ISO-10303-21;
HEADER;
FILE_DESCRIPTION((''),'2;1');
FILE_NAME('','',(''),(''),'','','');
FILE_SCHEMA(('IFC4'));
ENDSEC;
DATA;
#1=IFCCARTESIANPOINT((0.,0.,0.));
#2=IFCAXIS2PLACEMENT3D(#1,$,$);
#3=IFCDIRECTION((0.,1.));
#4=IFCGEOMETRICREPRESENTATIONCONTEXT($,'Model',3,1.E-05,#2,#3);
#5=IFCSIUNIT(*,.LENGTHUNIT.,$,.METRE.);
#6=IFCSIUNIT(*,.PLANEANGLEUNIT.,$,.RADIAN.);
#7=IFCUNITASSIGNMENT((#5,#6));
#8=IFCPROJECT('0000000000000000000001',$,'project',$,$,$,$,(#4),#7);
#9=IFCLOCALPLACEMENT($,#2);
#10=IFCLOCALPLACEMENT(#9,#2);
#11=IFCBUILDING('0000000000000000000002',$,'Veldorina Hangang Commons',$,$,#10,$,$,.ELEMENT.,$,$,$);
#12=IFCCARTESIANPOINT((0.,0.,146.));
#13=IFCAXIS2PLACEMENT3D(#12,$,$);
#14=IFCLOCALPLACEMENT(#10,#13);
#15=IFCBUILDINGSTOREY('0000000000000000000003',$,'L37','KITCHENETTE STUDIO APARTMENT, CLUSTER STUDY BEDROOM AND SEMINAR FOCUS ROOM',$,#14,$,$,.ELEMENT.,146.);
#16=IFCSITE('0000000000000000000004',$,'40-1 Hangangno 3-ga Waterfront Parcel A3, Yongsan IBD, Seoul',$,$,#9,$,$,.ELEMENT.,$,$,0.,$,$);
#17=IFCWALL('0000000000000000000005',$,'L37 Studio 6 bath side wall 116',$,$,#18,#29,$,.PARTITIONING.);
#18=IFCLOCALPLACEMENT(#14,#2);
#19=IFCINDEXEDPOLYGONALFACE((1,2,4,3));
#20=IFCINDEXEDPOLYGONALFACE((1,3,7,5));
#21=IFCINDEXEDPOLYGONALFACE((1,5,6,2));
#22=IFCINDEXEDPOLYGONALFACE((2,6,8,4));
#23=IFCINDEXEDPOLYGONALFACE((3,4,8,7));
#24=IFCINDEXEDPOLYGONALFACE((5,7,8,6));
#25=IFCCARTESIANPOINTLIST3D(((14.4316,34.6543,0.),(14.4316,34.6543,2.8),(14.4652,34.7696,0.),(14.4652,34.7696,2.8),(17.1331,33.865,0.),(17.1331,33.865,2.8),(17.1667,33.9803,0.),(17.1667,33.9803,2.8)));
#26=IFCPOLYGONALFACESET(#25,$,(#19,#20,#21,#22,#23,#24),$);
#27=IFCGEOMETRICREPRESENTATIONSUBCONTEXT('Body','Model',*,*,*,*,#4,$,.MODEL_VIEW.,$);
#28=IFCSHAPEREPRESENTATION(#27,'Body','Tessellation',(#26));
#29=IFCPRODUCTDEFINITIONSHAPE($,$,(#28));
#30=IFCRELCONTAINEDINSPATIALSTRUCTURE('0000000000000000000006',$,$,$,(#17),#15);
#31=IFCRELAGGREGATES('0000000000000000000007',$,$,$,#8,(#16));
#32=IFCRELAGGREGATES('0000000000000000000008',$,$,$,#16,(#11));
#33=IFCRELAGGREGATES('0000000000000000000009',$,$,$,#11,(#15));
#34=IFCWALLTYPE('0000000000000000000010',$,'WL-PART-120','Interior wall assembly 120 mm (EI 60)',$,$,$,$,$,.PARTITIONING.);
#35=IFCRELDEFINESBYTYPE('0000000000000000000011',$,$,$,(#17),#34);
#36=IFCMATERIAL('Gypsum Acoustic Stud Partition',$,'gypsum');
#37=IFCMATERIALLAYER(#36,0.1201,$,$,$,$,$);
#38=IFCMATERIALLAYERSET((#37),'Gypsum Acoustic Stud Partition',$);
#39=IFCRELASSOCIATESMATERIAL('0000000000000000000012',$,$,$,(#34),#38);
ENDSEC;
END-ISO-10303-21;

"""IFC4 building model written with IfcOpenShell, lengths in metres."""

from ifc_helpers import new_model, si_unit, direction, frame, frame_2d, origin, place, context, subcontext, project, spatial, rectangle, extrude, material, layer, layer_set, type_object, element, save


model = new_model("IFC4")

# Units and contexts
model_context = context("Model", 3, precision=1e-05, world=origin(), true_north=direction((0.0, 1.0)))
body_context = subcontext(model_context, "Body", "Model", "MODEL_VIEW")
ifc_project = project(units=[si_unit("LENGTHUNIT", "METRE"), si_unit("PLANEANGLEUNIT", "RADIAN")], contexts=[model_context])

# Site, building, storey
site_placement = place(None, origin())
site = spatial("IfcSite", under=ifc_project, at=site_placement, Name="40-1 Hangangno 3-ga Waterfront Parcel A3, Yongsan IBD, Seoul", CompositionType="ELEMENT", RefElevation=0.0)
building_placement = place(site_placement, origin())
building = spatial("IfcBuilding", under=site, at=building_placement, Name="Veldorina Hangang Commons", CompositionType="ELEMENT")
storey_placement = place(building_placement, frame((0.0, 0.0, 146.0)))
storey = spatial("IfcBuildingStorey", under=building, at=storey_placement, Name="L37", Description="KITCHENETTE STUDIO APARTMENT, CLUSTER STUDY BEDROOM AND SEMINAR FOCUS ROOM", CompositionType="ELEMENT", Elevation=146.0)

# Shared definitions
ifc_material_1 = material(Name="Gypsum Acoustic Stud Partition", Category="gypsum")
ifc_layer_1 = layer(ifc_material_1, 0.1201)
ifc_layer_set_1 = layer_set([ifc_layer_1], Name="Gypsum Acoustic Stud Partition")
wall_type_1 = type_object("IfcWallType", Name="WL-PART-120", Description="Interior wall assembly 120 mm (EI 60)", PredefinedType="PARTITIONING", material=ifc_layer_set_1)

# Wall
wall_1_placement = place(storey_placement, frame((17.1499, 33.9226, 0.0), z_axis=(0.0, 0.0, 1.0), x_axis=(-0.959867, 0.280456, 0.0)))
element("IfcWall", 1, at=wall_1_placement, inside=storey, type_object=wall_type_1, Name="L37 Studio 6 bath side wall 116", PredefinedType="PARTITIONING", context=body_context, shape_type="SweptSolid", body=[
    extrude(rectangle(XDim=2.8145, YDim=0.1201, at=frame_2d((1.4072, 0.0))), origin(), (0.0, 0.0, 1.0), 2.8),
])

save(model, "model.ifc")
